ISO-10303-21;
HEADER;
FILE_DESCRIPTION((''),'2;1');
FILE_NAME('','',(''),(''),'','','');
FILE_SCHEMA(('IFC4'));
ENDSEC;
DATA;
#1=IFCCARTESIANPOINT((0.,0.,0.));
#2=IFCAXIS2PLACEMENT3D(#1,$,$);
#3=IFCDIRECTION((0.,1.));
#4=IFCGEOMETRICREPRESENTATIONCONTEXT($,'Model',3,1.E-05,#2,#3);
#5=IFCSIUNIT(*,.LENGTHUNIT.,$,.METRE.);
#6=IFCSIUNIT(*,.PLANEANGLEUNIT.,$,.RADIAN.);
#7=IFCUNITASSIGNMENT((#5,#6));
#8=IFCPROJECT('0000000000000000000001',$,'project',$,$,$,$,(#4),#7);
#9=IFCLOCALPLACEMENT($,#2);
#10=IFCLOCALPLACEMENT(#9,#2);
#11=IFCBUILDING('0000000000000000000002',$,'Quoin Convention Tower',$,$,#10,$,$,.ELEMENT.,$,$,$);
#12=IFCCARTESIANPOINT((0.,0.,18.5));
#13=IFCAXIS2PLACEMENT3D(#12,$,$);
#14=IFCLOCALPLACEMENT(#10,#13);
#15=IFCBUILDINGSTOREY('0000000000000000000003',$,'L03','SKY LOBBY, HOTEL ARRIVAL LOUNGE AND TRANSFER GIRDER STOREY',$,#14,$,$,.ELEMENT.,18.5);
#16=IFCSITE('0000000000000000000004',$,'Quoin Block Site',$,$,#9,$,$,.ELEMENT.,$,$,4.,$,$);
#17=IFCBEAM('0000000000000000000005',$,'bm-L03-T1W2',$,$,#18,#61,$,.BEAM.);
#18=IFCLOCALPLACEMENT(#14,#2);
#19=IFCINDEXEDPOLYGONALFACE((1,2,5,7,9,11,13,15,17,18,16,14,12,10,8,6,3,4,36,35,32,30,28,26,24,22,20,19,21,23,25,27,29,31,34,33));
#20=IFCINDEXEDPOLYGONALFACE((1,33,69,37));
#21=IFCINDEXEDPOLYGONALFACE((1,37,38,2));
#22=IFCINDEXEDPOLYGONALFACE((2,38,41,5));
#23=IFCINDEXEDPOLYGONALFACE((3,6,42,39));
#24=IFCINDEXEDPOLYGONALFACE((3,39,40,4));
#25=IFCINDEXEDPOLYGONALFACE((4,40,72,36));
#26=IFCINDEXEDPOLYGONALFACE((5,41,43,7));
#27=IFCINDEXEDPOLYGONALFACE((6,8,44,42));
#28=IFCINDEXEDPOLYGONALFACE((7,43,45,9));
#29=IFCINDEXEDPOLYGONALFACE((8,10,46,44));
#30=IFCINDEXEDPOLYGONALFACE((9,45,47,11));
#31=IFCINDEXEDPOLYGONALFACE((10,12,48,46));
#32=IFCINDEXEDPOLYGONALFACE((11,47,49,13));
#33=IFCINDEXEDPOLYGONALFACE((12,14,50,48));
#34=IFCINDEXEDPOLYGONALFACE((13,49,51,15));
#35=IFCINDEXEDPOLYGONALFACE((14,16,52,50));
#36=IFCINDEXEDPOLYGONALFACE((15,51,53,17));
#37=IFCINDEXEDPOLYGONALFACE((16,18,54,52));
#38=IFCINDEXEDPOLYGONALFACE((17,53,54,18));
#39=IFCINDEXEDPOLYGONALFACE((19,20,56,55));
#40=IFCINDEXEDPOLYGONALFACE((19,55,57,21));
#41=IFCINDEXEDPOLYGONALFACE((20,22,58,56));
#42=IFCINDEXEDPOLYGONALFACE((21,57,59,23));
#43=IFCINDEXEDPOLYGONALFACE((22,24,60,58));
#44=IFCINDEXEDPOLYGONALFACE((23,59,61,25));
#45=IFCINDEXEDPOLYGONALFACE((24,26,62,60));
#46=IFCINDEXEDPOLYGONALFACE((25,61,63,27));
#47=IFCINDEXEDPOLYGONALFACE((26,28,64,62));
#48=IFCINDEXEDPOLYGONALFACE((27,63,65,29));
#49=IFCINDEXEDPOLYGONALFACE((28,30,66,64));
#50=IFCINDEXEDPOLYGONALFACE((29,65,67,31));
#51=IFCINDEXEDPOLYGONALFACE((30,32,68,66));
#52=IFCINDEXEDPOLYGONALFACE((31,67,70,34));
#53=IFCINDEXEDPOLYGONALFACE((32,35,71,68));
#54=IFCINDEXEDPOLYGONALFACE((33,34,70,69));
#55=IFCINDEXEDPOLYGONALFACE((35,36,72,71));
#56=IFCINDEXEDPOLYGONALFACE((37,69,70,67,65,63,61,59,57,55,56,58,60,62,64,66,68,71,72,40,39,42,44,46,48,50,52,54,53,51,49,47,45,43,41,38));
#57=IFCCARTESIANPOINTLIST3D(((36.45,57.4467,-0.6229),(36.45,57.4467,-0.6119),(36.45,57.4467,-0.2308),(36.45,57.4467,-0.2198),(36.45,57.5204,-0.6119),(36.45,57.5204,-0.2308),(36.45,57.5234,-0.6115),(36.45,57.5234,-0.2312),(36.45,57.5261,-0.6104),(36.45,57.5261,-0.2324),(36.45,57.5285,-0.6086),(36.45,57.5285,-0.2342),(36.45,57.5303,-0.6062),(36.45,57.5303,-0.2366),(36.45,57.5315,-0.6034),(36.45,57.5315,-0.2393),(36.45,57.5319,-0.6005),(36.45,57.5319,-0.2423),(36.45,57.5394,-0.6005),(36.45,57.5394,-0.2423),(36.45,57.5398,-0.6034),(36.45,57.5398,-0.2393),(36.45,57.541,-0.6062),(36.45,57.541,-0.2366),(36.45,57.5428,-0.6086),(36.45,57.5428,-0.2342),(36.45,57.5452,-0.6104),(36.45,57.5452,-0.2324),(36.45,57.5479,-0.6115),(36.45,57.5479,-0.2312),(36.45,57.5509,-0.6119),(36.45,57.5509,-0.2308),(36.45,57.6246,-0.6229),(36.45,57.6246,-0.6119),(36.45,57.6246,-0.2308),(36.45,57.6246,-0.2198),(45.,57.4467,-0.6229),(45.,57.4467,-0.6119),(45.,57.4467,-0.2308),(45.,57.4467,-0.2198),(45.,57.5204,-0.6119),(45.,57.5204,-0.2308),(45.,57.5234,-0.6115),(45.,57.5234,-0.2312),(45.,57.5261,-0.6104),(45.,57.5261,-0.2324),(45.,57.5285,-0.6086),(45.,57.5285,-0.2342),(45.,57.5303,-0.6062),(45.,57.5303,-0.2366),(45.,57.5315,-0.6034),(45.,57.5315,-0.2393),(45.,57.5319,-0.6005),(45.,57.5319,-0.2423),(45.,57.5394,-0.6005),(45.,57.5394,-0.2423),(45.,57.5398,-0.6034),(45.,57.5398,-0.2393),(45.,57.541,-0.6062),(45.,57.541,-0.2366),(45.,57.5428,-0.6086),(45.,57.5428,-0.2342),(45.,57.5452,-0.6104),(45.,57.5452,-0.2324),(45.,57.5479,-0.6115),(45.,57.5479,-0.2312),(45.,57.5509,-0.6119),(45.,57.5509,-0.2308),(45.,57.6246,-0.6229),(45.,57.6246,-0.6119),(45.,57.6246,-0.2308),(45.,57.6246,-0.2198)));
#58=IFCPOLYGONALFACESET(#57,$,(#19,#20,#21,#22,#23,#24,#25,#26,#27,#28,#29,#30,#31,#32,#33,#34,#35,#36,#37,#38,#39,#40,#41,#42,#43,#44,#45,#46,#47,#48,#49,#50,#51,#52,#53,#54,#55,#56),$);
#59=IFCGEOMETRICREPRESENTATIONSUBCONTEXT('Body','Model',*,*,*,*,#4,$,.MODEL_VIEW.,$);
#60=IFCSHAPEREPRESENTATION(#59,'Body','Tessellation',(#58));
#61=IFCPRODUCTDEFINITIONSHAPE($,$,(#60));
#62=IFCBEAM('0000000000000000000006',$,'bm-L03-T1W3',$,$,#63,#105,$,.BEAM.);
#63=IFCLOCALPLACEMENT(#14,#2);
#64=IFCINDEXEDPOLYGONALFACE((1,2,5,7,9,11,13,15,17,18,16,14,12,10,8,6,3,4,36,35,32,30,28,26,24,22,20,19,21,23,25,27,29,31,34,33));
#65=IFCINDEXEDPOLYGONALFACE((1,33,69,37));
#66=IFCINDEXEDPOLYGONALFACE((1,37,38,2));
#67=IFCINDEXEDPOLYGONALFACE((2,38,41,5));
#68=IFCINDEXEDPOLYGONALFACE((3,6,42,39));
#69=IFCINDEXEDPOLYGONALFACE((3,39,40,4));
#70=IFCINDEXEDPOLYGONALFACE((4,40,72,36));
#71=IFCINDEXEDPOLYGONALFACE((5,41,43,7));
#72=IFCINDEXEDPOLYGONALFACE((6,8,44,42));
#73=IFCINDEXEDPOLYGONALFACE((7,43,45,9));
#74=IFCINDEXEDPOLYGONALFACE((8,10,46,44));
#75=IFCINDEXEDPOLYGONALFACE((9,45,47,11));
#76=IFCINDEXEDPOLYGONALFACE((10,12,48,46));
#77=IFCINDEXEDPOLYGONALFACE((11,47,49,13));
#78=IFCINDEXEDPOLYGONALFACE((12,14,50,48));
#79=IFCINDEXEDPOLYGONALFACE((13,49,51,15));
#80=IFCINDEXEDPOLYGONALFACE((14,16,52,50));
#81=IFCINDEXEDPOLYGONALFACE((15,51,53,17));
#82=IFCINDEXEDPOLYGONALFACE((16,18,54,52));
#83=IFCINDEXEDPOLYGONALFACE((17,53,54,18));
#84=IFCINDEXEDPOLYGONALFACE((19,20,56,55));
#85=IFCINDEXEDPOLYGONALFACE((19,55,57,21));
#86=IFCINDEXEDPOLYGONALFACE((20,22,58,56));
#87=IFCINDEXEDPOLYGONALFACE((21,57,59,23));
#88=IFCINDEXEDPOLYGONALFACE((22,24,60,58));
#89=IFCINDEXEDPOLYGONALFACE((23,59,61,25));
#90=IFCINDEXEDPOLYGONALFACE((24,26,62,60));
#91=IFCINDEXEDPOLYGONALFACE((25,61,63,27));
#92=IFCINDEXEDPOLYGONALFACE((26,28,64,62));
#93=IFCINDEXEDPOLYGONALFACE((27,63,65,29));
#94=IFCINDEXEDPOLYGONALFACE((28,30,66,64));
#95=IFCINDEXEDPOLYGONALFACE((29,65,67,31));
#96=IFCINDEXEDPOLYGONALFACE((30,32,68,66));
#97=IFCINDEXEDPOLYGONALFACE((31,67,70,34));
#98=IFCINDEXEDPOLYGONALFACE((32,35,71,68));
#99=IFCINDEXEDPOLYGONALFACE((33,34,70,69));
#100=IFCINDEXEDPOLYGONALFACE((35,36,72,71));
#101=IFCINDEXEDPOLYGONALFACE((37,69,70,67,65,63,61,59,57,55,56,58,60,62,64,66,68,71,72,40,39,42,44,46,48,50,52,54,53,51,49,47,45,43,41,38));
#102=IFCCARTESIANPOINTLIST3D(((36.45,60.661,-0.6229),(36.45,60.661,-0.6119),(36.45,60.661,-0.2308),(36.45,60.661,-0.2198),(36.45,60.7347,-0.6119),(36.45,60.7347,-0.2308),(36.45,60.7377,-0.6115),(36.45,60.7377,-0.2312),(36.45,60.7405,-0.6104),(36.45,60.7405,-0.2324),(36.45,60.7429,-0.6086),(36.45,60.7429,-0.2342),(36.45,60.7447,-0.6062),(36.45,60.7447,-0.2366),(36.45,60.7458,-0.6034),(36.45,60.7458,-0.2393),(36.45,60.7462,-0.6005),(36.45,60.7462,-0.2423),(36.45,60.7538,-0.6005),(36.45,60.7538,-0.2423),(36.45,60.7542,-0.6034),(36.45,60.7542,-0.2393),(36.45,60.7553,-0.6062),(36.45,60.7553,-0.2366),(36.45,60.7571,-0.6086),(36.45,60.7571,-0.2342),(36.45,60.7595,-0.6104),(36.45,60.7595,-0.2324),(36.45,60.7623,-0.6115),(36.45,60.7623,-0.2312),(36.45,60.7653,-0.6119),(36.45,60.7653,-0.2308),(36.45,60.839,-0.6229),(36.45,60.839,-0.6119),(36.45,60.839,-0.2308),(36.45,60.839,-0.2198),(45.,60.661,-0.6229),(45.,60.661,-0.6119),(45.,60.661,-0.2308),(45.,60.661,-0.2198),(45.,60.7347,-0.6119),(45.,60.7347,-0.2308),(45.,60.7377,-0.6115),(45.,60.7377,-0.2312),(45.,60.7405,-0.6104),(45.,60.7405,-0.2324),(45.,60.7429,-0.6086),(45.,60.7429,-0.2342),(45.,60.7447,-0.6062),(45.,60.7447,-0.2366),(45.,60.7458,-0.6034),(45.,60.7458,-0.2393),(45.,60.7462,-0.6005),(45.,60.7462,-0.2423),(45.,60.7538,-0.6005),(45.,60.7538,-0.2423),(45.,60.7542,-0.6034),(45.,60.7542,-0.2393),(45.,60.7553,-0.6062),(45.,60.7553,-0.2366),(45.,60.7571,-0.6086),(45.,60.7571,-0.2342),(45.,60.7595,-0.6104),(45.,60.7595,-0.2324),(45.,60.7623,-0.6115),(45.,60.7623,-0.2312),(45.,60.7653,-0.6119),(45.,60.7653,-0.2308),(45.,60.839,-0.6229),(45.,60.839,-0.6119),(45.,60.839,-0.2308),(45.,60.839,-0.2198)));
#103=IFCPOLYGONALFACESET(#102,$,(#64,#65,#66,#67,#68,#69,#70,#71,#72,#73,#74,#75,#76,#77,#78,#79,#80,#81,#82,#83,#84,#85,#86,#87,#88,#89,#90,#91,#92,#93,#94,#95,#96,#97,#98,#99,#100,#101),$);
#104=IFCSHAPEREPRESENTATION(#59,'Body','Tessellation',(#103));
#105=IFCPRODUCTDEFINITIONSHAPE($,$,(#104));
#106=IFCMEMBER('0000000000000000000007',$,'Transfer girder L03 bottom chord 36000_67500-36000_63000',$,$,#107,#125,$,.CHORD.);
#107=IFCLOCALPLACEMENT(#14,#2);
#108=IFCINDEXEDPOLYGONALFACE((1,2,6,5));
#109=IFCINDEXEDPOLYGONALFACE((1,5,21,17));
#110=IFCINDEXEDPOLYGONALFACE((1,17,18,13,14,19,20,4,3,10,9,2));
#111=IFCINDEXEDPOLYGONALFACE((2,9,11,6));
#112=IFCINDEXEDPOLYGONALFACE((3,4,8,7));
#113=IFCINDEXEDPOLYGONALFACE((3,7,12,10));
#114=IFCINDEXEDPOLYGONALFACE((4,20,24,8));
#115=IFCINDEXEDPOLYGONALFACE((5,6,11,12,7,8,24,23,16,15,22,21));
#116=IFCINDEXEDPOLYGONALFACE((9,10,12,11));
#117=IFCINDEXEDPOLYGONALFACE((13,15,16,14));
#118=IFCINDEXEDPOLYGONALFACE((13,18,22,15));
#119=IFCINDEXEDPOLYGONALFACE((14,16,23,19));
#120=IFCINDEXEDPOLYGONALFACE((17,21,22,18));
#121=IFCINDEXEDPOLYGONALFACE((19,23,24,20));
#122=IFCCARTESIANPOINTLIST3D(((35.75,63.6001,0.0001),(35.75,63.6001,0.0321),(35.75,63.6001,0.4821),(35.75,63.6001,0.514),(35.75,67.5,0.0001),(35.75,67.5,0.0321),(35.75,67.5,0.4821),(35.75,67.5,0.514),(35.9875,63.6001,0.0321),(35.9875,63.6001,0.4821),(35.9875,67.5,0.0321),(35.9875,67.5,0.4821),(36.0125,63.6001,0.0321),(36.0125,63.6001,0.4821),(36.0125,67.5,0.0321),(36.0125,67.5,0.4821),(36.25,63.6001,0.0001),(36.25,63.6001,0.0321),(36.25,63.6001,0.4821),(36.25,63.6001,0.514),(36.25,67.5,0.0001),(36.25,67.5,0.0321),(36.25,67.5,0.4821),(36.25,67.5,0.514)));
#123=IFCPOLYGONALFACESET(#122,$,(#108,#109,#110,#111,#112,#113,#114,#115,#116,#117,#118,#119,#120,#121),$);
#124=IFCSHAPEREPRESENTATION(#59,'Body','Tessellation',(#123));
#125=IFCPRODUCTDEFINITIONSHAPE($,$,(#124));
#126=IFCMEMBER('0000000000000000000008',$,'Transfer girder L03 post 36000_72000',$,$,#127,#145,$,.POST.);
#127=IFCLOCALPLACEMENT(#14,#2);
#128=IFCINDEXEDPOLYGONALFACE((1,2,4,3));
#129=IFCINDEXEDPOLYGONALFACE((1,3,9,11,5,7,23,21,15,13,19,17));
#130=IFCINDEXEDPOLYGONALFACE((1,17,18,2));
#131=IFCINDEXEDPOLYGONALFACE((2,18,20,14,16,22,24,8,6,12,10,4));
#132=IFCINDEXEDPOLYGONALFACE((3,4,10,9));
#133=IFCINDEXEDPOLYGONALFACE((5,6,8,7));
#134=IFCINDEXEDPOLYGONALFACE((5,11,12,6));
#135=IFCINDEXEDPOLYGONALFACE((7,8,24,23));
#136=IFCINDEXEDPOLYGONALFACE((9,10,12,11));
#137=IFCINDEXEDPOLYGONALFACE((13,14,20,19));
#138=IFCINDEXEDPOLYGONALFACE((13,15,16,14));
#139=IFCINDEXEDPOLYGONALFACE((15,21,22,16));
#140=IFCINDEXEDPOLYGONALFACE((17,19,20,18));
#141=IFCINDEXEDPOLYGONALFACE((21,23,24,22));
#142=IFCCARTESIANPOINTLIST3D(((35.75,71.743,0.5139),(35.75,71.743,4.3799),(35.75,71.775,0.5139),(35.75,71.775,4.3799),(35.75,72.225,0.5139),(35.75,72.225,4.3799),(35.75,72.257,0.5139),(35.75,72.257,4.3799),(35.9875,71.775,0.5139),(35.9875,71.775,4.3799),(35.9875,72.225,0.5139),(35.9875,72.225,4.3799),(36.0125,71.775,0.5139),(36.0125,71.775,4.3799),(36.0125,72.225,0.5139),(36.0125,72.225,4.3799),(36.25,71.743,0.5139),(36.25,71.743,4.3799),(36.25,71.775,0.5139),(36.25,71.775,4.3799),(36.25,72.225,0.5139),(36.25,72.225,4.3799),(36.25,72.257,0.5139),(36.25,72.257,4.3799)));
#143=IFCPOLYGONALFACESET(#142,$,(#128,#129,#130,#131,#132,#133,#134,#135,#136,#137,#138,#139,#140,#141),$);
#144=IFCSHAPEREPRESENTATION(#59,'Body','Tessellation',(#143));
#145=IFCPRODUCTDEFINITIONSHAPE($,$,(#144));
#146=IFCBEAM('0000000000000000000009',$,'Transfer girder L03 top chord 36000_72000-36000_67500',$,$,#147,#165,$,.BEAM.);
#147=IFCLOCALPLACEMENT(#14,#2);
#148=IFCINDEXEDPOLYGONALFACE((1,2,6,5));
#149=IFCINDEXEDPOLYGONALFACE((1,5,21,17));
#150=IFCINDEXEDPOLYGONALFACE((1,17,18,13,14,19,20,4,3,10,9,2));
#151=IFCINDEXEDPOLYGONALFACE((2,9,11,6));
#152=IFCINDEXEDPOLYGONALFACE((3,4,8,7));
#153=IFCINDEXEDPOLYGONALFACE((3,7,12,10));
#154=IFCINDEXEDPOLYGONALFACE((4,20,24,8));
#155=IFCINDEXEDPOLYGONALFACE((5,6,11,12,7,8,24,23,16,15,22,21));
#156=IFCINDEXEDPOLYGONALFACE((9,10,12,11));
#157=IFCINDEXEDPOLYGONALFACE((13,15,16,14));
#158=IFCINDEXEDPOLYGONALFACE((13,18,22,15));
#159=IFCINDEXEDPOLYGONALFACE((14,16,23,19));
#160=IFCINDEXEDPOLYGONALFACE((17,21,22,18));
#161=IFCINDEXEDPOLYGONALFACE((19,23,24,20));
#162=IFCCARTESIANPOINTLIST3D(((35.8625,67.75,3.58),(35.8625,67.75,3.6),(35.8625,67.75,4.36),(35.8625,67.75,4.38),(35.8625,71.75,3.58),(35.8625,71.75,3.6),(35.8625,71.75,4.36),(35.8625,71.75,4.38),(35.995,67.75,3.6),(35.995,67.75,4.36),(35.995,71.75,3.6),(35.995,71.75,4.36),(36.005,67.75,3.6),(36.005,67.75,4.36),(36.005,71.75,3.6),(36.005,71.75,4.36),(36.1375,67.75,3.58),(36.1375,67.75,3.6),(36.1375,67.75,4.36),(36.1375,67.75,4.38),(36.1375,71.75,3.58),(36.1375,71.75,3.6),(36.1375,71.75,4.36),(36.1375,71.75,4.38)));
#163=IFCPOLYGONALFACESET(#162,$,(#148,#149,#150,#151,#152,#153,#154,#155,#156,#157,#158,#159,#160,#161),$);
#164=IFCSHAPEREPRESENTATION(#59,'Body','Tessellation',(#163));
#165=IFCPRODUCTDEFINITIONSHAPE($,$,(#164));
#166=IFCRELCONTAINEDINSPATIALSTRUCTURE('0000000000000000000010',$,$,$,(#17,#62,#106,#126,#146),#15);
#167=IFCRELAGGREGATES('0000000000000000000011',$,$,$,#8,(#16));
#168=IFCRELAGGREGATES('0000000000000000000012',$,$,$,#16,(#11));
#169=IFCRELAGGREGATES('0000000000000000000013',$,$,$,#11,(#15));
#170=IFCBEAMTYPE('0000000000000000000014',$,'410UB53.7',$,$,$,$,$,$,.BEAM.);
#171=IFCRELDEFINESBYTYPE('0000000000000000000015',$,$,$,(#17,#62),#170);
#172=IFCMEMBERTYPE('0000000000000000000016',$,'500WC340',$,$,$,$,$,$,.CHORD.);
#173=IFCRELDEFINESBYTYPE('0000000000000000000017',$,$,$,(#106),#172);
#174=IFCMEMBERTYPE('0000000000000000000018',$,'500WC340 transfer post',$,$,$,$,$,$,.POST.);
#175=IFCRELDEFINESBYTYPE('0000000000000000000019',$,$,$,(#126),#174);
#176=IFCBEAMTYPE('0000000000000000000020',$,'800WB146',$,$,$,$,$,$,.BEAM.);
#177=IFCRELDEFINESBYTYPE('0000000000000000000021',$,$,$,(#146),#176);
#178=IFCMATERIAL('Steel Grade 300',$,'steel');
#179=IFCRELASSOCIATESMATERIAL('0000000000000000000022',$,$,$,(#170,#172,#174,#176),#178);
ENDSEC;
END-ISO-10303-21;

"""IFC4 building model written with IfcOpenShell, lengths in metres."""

from ifc_helpers import new_model, si_unit, direction, frame, origin, origin_2d, place, context, subcontext, project, spatial, i_section, extrude, material, material_profile, profile_set, type_object, element, save


model = new_model("IFC4")

# Units and contexts
model_context = context("Model", 3, precision=1e-05, world=origin(), true_north=direction((0.0, 1.0)))
body_context = subcontext(model_context, "Body", "Model", "MODEL_VIEW")
ifc_project = project(units=[si_unit("LENGTHUNIT", "METRE"), si_unit("PLANEANGLEUNIT", "RADIAN")], contexts=[model_context])

# Site, building, storey
site_placement = place(None, origin())
site = spatial("IfcSite", under=ifc_project, at=site_placement, Name="Quoin Block Site", CompositionType="ELEMENT", RefElevation=4.0)
building_placement = place(site_placement, origin())
building = spatial("IfcBuilding", under=site, at=building_placement, Name="Quoin Convention Tower", CompositionType="ELEMENT")
storey_placement = place(building_placement, frame((0.0, 0.0, 18.5)))
storey = spatial("IfcBuildingStorey", under=building, at=storey_placement, Name="L03", Description="SKY LOBBY, HOTEL ARRIVAL LOUNGE AND TRANSFER GIRDER STOREY", CompositionType="ELEMENT", Elevation=18.5)

# Beams
ifc_material_1 = material(Name="Steel Grade 300", Category="steel")
ifc_material_profile_1 = material_profile(ifc_material_1, i_section(OverallWidth=0.178, OverallDepth=0.4031, WebThickness=0.0076, FlangeThickness=0.011, FilletRadius=0.0115, at=origin_2d()), Name="410UB53.7")
ifc_profile_set_1 = profile_set([ifc_material_profile_1], Name="Steel Grade 300")
beam_type_1 = type_object("IfcBeamType", Name="410UB53.7", PredefinedType="BEAM", material=ifc_profile_set_1)
for number, where, z_axis, x_axis, name in (
    (1, (36.45, 57.5356, -0.4214), (1.0, 0.0, 0.0), (0.0, 1.0, 0.0), "bm-L03-T1W2"),
    (2, (36.45, 60.75, -0.4214), (1.0, 0.0, 0.0), (0.0, 1.0, 0.0), "bm-L03-T1W3"),
):
    element("IfcBeam", number, at=place(storey_placement, frame(where, z_axis=z_axis, x_axis=x_axis)), inside=storey, type_object=beam_type_1, Name=name, PredefinedType="BEAM", context=body_context, shape_type="SweptSolid", body=[
        extrude(i_section(OverallWidth=0.178, OverallDepth=0.4031, WebThickness=0.0076, FlangeThickness=0.011, FilletRadius=0.0115, at=origin_2d()), origin(), (0.0, 0.0, 1.0), 8.55),
    ])

# Members
ifc_material_profile_2 = material_profile(ifc_material_1, i_section(OverallWidth=0.5, OverallDepth=0.5139, WebThickness=0.0249, FlangeThickness=0.032, at=origin_2d()), Name="500WC340")
ifc_profile_set_2 = profile_set([ifc_material_profile_2], Name="Steel Grade 300")
member_type_1 = type_object("IfcMemberType", Name="500WC340", PredefinedType="CHORD", material=ifc_profile_set_2)
member_1_placement = place(storey_placement, frame((36.0, 67.5, 0.2571), z_axis=(0.0, -1.0, 0.0), x_axis=(1.0, 0.0, 0.0)))
element("IfcMember", 3, at=member_1_placement, inside=storey, type_object=member_type_1, Name="Transfer girder L03 bottom chord 36000_67500-36000_63000", PredefinedType="CHORD", context=body_context, shape_type="SweptSolid", body=[
    extrude(i_section(OverallWidth=0.5, OverallDepth=0.5139, WebThickness=0.0249, FlangeThickness=0.032, at=origin_2d()), origin(), (0.0, 0.0, 1.0), 3.8999),
])
ifc_material_profile_3 = material_profile(ifc_material_1, i_section(OverallWidth=0.5, OverallDepth=0.5139, WebThickness=0.0249, FlangeThickness=0.032, at=origin_2d()), Name="500WC340")
ifc_profile_set_3 = profile_set([ifc_material_profile_3], Name="Steel Grade 300")
member_type_2 = type_object("IfcMemberType", Name="500WC340 transfer post", PredefinedType="POST", material=ifc_profile_set_3)
member_2_placement = place(storey_placement, frame((36.0, 72.0, 0.5139), z_axis=(0.0, 0.0, 1.0), x_axis=(1.0, 0.0, 0.0)))
element("IfcMember", 4, at=member_2_placement, inside=storey, type_object=member_type_2, Name="Transfer girder L03 post 36000_72000", PredefinedType="POST", context=body_context, shape_type="SweptSolid", body=[
    extrude(i_section(OverallWidth=0.5, OverallDepth=0.5139, WebThickness=0.0249, FlangeThickness=0.032, at=origin_2d()), origin(), (0.0, 0.0, 1.0), 3.866),
])

# Beam
ifc_material_profile_4 = material_profile(ifc_material_1, i_section(OverallWidth=0.2749, OverallDepth=0.8, WebThickness=0.01, FlangeThickness=0.02, at=origin_2d()), Name="800WB146")
ifc_profile_set_4 = profile_set([ifc_material_profile_4], Name="Steel Grade 300")
beam_type_2 = type_object("IfcBeamType", Name="800WB146", PredefinedType="BEAM", material=ifc_profile_set_4)
beam_placement = place(storey_placement, frame((36.0, 71.75, 3.98), z_axis=(0.0, -1.0, 0.0), x_axis=(1.0, 0.0, 0.0)))
element("IfcBeam", 5, at=beam_placement, inside=storey, type_object=beam_type_2, Name="Transfer girder L03 top chord 36000_72000-36000_67500", PredefinedType="BEAM", context=body_context, shape_type="SweptSolid", body=[
    extrude(i_section(OverallWidth=0.2749, OverallDepth=0.8, WebThickness=0.01, FlangeThickness=0.02, at=origin_2d()), origin(), (0.0, 0.0, 1.0), 4.0),
])

save(model, "model.ifc")
